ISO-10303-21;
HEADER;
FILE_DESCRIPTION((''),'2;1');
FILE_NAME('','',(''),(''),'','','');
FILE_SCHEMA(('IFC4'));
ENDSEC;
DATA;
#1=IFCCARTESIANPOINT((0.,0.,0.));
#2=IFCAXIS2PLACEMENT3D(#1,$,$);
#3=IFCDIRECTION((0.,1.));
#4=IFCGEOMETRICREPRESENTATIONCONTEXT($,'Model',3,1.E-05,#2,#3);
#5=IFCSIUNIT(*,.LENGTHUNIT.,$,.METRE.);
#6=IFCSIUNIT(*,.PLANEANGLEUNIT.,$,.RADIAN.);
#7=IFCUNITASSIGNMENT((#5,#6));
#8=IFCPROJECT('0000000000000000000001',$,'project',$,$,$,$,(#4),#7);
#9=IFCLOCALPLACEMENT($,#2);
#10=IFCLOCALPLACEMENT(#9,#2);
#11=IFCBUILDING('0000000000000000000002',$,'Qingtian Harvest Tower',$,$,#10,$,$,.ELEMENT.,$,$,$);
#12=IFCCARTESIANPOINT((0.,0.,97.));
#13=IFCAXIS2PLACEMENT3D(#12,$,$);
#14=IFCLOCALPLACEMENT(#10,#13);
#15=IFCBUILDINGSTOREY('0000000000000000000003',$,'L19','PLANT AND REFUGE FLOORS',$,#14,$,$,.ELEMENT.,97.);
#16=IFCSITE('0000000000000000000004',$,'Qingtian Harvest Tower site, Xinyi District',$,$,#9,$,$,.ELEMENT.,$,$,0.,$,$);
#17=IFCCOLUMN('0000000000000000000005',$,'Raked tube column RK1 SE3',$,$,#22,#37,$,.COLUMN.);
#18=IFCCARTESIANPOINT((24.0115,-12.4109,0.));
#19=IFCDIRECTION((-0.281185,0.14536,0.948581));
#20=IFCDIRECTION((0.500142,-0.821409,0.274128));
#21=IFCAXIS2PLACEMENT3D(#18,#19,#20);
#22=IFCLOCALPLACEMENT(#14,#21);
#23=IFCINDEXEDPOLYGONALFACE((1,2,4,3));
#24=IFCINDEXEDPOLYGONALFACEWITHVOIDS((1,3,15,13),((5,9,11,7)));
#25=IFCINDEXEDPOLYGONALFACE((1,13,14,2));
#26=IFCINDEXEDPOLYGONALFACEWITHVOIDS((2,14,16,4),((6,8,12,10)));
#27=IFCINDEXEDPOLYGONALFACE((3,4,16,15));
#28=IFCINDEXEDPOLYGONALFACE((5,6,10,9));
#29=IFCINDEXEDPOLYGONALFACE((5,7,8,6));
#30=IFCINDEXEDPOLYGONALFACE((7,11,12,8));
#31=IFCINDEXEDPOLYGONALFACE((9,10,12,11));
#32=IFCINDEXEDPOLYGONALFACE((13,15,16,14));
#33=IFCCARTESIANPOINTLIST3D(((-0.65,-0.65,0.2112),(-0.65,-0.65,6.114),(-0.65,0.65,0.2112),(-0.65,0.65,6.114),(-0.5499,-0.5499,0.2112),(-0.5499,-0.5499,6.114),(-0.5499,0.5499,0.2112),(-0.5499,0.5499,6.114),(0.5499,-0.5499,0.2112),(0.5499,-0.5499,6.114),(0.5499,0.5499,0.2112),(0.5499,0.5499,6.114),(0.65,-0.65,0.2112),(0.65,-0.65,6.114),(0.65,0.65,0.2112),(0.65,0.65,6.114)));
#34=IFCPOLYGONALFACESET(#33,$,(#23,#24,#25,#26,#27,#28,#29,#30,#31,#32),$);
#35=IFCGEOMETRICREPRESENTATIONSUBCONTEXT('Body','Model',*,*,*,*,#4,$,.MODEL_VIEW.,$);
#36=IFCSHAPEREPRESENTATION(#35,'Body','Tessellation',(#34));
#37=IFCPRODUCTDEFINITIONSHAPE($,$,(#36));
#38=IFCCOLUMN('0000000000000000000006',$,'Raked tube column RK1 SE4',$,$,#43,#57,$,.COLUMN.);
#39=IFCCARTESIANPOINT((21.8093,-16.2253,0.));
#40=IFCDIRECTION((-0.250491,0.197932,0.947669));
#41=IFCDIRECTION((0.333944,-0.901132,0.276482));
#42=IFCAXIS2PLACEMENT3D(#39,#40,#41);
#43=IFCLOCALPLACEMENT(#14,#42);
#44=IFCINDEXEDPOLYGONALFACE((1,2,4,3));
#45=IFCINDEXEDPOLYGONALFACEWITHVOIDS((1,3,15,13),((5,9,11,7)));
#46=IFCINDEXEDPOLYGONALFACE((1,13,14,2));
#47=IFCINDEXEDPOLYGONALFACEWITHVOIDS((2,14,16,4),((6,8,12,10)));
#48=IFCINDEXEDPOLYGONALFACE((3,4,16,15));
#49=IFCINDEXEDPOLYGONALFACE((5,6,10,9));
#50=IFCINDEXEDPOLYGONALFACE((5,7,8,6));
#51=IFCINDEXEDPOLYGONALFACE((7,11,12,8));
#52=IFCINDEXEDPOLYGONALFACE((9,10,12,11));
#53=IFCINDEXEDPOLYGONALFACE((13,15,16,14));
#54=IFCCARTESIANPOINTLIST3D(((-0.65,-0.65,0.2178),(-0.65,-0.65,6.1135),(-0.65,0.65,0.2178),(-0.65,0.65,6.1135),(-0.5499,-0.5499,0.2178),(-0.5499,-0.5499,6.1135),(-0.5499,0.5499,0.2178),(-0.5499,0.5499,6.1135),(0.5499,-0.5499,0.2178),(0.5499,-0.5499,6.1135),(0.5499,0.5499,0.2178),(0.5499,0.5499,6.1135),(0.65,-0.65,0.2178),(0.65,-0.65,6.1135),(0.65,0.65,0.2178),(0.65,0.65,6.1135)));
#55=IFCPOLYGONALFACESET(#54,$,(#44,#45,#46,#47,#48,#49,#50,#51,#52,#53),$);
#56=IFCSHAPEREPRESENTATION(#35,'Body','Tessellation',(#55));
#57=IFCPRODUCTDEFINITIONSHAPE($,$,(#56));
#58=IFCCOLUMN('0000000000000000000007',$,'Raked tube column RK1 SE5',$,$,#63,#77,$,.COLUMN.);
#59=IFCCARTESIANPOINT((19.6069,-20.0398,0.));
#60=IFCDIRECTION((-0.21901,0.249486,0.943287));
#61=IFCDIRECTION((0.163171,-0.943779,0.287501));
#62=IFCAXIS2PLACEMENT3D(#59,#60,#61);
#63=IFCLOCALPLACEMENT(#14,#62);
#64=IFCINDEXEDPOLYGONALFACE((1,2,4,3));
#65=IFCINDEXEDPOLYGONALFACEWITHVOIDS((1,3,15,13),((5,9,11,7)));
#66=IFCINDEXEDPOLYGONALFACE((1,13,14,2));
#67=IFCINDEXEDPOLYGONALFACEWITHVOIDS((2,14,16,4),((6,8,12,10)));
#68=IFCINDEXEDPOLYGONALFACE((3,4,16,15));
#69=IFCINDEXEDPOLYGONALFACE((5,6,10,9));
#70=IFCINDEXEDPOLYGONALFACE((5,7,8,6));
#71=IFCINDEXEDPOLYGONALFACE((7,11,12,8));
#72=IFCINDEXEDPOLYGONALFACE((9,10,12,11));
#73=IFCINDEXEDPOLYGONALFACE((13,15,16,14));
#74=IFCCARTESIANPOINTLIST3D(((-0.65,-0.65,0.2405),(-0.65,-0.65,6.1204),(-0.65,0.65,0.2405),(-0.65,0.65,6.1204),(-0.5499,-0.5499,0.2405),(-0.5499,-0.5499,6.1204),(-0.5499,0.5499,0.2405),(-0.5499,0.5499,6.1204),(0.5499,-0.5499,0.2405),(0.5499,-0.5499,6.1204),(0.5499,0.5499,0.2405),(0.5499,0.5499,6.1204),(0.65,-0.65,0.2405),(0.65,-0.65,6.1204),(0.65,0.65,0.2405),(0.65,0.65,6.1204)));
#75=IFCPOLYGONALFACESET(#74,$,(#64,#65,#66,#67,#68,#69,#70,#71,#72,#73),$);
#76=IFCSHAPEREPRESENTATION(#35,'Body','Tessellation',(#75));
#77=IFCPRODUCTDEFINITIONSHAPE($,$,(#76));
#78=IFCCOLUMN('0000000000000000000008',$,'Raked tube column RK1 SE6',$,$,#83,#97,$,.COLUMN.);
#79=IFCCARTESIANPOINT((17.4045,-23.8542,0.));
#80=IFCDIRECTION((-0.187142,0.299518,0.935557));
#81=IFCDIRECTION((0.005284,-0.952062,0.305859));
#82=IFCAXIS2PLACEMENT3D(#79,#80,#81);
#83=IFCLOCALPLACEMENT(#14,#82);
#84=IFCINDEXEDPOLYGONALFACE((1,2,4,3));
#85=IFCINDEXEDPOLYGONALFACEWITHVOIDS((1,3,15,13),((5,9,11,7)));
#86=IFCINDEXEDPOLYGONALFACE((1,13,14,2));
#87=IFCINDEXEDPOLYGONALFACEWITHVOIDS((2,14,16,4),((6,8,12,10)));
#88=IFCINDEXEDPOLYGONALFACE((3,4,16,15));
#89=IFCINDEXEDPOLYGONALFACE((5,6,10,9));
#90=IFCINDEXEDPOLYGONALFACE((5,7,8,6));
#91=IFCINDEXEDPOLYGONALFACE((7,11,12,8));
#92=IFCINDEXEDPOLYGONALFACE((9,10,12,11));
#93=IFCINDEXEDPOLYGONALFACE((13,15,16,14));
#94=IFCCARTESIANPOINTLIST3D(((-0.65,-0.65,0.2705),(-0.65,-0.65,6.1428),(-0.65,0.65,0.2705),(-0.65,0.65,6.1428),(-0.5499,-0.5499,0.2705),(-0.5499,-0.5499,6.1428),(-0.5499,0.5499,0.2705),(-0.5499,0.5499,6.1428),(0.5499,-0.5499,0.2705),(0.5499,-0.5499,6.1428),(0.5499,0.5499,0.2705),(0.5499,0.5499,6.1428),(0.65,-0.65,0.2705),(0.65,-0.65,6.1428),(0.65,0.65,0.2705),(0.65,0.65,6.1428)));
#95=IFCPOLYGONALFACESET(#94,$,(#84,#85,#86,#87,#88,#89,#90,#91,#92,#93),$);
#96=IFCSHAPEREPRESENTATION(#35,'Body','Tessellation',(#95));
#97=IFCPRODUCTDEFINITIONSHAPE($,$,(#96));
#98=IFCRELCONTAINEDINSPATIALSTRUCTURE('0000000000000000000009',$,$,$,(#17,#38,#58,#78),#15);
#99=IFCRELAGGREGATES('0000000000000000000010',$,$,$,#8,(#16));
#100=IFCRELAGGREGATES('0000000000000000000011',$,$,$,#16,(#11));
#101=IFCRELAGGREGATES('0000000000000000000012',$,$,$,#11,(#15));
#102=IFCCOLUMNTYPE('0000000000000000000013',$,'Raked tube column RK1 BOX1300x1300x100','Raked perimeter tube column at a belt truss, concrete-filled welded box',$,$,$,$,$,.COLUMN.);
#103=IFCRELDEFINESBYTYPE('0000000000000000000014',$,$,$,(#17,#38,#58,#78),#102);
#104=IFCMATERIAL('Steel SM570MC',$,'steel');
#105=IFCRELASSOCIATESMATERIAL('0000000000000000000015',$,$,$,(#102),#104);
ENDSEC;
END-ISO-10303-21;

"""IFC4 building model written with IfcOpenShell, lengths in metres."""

from ifc_helpers import new_model, si_unit, direction, frame, origin, origin_2d, place, context, subcontext, project, spatial, hollow_rectangle, extrude, clip, halfspace, material, material_profile, profile_set, type_object, element, save


model = new_model("IFC4")

# Units and contexts
model_context = context("Model", 3, precision=1e-05, world=origin(), true_north=direction((0.0, 1.0)))
body_context = subcontext(model_context, "Body", "Model", "MODEL_VIEW")
ifc_project = project(units=[si_unit("LENGTHUNIT", "METRE"), si_unit("PLANEANGLEUNIT", "RADIAN")], contexts=[model_context])

# Site, building, storey
site_placement = place(None, origin())
site = spatial("IfcSite", under=ifc_project, at=site_placement, Name="Qingtian Harvest Tower site, Xinyi District", CompositionType="ELEMENT", RefElevation=0.0)
building_placement = place(site_placement, origin())
building = spatial("IfcBuilding", under=site, at=building_placement, Name="Qingtian Harvest Tower", CompositionType="ELEMENT")
storey_placement = place(building_placement, frame((0.0, 0.0, 97.0)))
storey = spatial("IfcBuildingStorey", under=building, at=storey_placement, Name="L19", Description="PLANT AND REFUGE FLOORS", CompositionType="ELEMENT", Elevation=97.0)

# Columns
ifc_material_1 = material(Name="Steel SM570MC", Category="steel")
ifc_material_profile_1 = material_profile(ifc_material_1, hollow_rectangle(XDim=1.3, YDim=1.3, WallThickness=0.1001, at=origin_2d()), Name="BOX1300x1300x100")
ifc_profile_set_1 = profile_set([ifc_material_profile_1], Name="Steel SM570MC")
column_type = type_object("IfcColumnType", Name="Raked tube column RK1 BOX1300x1300x100", Description="Raked perimeter tube column at a belt truss, concrete-filled welded box", PredefinedType="COLUMN", material=ifc_profile_set_1)
column_1_placement = place(storey_placement, frame((24.0115, -12.4109, 0.0), z_axis=(-0.281185, 0.14536, 0.948581), x_axis=(0.500142, -0.821409, 0.274128)))
element("IfcColumn", 1, at=column_1_placement, inside=storey, type_object=column_type, Name="Raked tube column RK1 SE3", PredefinedType="COLUMN", context=body_context, shape_type="Clipping", body=[
    clip(clip(extrude(hollow_rectangle(XDim=1.3, YDim=1.3, WallThickness=0.1001, at=origin_2d()), origin(), (0.0, 0.0, 1.0), 6.3252), halfspace(frame((0.0, 0.0, 0.2112), z_axis=(0.0, 0.0, -1.0), x_axis=(0.0, -1.0, 0.0)), False)), halfspace(frame((0.0, 0.0, 6.114), z_axis=(0.0, 0.0, 1.0), x_axis=(0.0, 1.0, 0.0)), False)),
])
column_2_placement = place(storey_placement, frame((21.8093, -16.2253, 0.0), z_axis=(-0.250491, 0.197932, 0.947669), x_axis=(0.333944, -0.901132, 0.276482)))
element("IfcColumn", 2, at=column_2_placement, inside=storey, type_object=column_type, Name="Raked tube column RK1 SE4", PredefinedType="COLUMN", context=body_context, shape_type="Clipping", body=[
    clip(clip(extrude(hollow_rectangle(XDim=1.3, YDim=1.3, WallThickness=0.1001, at=origin_2d()), origin(), (0.0, 0.0, 1.0), 6.3313), halfspace(frame((0.0, 0.0, 0.2178), z_axis=(0.0, 0.0, -1.0), x_axis=(0.0, -1.0, 0.0)), False)), halfspace(frame((0.0, 0.0, 6.1135), z_axis=(0.0, 0.0, 1.0), x_axis=(0.0, 1.0, 0.0)), False)),
])
column_3_placement = place(storey_placement, frame((19.6069, -20.0398, 0.0), z_axis=(-0.21901, 0.249486, 0.943287), x_axis=(0.163171, -0.943779, 0.287501)))
element("IfcColumn", 3, at=column_3_placement, inside=storey, type_object=column_type, Name="Raked tube column RK1 SE5", PredefinedType="COLUMN", context=body_context, shape_type="Clipping", body=[
    clip(clip(extrude(hollow_rectangle(XDim=1.3, YDim=1.3, WallThickness=0.1001, at=origin_2d()), origin(), (0.0, 0.0, 1.0), 6.3608), halfspace(frame((0.0, 0.0, 0.2405), z_axis=(0.0, 0.0, -1.0), x_axis=(0.0, -1.0, 0.0)), False)), halfspace(frame((0.0, 0.0, 6.1204), z_axis=(0.0, 0.0, 1.0), x_axis=(0.0, 1.0, 0.0)), False)),
])
column_4_placement = place(storey_placement, frame((17.4045, -23.8542, 0.0), z_axis=(-0.187142, 0.299518, 0.935557), x_axis=(0.005284, -0.952062, 0.305859)))
element("IfcColumn", 4, at=column_4_placement, inside=storey, type_object=column_type, Name="Raked tube column RK1 SE6", PredefinedType="COLUMN", context=body_context, shape_type="Clipping", body=[
    clip(clip(extrude(hollow_rectangle(XDim=1.3, YDim=1.3, WallThickness=0.1001, at=origin_2d()), origin(), (0.0, 0.0, 1.0), 6.4133), halfspace(frame((0.0, 0.0, 0.2705), z_axis=(0.0, 0.0, -1.0), x_axis=(0.0, -1.0, 0.0)), False)), halfspace(frame((0.0, 0.0, 6.1428), z_axis=(0.0, 0.0, 1.0), x_axis=(0.0, 1.0, 0.0)), False)),
])

save(model, "model.ifc")
